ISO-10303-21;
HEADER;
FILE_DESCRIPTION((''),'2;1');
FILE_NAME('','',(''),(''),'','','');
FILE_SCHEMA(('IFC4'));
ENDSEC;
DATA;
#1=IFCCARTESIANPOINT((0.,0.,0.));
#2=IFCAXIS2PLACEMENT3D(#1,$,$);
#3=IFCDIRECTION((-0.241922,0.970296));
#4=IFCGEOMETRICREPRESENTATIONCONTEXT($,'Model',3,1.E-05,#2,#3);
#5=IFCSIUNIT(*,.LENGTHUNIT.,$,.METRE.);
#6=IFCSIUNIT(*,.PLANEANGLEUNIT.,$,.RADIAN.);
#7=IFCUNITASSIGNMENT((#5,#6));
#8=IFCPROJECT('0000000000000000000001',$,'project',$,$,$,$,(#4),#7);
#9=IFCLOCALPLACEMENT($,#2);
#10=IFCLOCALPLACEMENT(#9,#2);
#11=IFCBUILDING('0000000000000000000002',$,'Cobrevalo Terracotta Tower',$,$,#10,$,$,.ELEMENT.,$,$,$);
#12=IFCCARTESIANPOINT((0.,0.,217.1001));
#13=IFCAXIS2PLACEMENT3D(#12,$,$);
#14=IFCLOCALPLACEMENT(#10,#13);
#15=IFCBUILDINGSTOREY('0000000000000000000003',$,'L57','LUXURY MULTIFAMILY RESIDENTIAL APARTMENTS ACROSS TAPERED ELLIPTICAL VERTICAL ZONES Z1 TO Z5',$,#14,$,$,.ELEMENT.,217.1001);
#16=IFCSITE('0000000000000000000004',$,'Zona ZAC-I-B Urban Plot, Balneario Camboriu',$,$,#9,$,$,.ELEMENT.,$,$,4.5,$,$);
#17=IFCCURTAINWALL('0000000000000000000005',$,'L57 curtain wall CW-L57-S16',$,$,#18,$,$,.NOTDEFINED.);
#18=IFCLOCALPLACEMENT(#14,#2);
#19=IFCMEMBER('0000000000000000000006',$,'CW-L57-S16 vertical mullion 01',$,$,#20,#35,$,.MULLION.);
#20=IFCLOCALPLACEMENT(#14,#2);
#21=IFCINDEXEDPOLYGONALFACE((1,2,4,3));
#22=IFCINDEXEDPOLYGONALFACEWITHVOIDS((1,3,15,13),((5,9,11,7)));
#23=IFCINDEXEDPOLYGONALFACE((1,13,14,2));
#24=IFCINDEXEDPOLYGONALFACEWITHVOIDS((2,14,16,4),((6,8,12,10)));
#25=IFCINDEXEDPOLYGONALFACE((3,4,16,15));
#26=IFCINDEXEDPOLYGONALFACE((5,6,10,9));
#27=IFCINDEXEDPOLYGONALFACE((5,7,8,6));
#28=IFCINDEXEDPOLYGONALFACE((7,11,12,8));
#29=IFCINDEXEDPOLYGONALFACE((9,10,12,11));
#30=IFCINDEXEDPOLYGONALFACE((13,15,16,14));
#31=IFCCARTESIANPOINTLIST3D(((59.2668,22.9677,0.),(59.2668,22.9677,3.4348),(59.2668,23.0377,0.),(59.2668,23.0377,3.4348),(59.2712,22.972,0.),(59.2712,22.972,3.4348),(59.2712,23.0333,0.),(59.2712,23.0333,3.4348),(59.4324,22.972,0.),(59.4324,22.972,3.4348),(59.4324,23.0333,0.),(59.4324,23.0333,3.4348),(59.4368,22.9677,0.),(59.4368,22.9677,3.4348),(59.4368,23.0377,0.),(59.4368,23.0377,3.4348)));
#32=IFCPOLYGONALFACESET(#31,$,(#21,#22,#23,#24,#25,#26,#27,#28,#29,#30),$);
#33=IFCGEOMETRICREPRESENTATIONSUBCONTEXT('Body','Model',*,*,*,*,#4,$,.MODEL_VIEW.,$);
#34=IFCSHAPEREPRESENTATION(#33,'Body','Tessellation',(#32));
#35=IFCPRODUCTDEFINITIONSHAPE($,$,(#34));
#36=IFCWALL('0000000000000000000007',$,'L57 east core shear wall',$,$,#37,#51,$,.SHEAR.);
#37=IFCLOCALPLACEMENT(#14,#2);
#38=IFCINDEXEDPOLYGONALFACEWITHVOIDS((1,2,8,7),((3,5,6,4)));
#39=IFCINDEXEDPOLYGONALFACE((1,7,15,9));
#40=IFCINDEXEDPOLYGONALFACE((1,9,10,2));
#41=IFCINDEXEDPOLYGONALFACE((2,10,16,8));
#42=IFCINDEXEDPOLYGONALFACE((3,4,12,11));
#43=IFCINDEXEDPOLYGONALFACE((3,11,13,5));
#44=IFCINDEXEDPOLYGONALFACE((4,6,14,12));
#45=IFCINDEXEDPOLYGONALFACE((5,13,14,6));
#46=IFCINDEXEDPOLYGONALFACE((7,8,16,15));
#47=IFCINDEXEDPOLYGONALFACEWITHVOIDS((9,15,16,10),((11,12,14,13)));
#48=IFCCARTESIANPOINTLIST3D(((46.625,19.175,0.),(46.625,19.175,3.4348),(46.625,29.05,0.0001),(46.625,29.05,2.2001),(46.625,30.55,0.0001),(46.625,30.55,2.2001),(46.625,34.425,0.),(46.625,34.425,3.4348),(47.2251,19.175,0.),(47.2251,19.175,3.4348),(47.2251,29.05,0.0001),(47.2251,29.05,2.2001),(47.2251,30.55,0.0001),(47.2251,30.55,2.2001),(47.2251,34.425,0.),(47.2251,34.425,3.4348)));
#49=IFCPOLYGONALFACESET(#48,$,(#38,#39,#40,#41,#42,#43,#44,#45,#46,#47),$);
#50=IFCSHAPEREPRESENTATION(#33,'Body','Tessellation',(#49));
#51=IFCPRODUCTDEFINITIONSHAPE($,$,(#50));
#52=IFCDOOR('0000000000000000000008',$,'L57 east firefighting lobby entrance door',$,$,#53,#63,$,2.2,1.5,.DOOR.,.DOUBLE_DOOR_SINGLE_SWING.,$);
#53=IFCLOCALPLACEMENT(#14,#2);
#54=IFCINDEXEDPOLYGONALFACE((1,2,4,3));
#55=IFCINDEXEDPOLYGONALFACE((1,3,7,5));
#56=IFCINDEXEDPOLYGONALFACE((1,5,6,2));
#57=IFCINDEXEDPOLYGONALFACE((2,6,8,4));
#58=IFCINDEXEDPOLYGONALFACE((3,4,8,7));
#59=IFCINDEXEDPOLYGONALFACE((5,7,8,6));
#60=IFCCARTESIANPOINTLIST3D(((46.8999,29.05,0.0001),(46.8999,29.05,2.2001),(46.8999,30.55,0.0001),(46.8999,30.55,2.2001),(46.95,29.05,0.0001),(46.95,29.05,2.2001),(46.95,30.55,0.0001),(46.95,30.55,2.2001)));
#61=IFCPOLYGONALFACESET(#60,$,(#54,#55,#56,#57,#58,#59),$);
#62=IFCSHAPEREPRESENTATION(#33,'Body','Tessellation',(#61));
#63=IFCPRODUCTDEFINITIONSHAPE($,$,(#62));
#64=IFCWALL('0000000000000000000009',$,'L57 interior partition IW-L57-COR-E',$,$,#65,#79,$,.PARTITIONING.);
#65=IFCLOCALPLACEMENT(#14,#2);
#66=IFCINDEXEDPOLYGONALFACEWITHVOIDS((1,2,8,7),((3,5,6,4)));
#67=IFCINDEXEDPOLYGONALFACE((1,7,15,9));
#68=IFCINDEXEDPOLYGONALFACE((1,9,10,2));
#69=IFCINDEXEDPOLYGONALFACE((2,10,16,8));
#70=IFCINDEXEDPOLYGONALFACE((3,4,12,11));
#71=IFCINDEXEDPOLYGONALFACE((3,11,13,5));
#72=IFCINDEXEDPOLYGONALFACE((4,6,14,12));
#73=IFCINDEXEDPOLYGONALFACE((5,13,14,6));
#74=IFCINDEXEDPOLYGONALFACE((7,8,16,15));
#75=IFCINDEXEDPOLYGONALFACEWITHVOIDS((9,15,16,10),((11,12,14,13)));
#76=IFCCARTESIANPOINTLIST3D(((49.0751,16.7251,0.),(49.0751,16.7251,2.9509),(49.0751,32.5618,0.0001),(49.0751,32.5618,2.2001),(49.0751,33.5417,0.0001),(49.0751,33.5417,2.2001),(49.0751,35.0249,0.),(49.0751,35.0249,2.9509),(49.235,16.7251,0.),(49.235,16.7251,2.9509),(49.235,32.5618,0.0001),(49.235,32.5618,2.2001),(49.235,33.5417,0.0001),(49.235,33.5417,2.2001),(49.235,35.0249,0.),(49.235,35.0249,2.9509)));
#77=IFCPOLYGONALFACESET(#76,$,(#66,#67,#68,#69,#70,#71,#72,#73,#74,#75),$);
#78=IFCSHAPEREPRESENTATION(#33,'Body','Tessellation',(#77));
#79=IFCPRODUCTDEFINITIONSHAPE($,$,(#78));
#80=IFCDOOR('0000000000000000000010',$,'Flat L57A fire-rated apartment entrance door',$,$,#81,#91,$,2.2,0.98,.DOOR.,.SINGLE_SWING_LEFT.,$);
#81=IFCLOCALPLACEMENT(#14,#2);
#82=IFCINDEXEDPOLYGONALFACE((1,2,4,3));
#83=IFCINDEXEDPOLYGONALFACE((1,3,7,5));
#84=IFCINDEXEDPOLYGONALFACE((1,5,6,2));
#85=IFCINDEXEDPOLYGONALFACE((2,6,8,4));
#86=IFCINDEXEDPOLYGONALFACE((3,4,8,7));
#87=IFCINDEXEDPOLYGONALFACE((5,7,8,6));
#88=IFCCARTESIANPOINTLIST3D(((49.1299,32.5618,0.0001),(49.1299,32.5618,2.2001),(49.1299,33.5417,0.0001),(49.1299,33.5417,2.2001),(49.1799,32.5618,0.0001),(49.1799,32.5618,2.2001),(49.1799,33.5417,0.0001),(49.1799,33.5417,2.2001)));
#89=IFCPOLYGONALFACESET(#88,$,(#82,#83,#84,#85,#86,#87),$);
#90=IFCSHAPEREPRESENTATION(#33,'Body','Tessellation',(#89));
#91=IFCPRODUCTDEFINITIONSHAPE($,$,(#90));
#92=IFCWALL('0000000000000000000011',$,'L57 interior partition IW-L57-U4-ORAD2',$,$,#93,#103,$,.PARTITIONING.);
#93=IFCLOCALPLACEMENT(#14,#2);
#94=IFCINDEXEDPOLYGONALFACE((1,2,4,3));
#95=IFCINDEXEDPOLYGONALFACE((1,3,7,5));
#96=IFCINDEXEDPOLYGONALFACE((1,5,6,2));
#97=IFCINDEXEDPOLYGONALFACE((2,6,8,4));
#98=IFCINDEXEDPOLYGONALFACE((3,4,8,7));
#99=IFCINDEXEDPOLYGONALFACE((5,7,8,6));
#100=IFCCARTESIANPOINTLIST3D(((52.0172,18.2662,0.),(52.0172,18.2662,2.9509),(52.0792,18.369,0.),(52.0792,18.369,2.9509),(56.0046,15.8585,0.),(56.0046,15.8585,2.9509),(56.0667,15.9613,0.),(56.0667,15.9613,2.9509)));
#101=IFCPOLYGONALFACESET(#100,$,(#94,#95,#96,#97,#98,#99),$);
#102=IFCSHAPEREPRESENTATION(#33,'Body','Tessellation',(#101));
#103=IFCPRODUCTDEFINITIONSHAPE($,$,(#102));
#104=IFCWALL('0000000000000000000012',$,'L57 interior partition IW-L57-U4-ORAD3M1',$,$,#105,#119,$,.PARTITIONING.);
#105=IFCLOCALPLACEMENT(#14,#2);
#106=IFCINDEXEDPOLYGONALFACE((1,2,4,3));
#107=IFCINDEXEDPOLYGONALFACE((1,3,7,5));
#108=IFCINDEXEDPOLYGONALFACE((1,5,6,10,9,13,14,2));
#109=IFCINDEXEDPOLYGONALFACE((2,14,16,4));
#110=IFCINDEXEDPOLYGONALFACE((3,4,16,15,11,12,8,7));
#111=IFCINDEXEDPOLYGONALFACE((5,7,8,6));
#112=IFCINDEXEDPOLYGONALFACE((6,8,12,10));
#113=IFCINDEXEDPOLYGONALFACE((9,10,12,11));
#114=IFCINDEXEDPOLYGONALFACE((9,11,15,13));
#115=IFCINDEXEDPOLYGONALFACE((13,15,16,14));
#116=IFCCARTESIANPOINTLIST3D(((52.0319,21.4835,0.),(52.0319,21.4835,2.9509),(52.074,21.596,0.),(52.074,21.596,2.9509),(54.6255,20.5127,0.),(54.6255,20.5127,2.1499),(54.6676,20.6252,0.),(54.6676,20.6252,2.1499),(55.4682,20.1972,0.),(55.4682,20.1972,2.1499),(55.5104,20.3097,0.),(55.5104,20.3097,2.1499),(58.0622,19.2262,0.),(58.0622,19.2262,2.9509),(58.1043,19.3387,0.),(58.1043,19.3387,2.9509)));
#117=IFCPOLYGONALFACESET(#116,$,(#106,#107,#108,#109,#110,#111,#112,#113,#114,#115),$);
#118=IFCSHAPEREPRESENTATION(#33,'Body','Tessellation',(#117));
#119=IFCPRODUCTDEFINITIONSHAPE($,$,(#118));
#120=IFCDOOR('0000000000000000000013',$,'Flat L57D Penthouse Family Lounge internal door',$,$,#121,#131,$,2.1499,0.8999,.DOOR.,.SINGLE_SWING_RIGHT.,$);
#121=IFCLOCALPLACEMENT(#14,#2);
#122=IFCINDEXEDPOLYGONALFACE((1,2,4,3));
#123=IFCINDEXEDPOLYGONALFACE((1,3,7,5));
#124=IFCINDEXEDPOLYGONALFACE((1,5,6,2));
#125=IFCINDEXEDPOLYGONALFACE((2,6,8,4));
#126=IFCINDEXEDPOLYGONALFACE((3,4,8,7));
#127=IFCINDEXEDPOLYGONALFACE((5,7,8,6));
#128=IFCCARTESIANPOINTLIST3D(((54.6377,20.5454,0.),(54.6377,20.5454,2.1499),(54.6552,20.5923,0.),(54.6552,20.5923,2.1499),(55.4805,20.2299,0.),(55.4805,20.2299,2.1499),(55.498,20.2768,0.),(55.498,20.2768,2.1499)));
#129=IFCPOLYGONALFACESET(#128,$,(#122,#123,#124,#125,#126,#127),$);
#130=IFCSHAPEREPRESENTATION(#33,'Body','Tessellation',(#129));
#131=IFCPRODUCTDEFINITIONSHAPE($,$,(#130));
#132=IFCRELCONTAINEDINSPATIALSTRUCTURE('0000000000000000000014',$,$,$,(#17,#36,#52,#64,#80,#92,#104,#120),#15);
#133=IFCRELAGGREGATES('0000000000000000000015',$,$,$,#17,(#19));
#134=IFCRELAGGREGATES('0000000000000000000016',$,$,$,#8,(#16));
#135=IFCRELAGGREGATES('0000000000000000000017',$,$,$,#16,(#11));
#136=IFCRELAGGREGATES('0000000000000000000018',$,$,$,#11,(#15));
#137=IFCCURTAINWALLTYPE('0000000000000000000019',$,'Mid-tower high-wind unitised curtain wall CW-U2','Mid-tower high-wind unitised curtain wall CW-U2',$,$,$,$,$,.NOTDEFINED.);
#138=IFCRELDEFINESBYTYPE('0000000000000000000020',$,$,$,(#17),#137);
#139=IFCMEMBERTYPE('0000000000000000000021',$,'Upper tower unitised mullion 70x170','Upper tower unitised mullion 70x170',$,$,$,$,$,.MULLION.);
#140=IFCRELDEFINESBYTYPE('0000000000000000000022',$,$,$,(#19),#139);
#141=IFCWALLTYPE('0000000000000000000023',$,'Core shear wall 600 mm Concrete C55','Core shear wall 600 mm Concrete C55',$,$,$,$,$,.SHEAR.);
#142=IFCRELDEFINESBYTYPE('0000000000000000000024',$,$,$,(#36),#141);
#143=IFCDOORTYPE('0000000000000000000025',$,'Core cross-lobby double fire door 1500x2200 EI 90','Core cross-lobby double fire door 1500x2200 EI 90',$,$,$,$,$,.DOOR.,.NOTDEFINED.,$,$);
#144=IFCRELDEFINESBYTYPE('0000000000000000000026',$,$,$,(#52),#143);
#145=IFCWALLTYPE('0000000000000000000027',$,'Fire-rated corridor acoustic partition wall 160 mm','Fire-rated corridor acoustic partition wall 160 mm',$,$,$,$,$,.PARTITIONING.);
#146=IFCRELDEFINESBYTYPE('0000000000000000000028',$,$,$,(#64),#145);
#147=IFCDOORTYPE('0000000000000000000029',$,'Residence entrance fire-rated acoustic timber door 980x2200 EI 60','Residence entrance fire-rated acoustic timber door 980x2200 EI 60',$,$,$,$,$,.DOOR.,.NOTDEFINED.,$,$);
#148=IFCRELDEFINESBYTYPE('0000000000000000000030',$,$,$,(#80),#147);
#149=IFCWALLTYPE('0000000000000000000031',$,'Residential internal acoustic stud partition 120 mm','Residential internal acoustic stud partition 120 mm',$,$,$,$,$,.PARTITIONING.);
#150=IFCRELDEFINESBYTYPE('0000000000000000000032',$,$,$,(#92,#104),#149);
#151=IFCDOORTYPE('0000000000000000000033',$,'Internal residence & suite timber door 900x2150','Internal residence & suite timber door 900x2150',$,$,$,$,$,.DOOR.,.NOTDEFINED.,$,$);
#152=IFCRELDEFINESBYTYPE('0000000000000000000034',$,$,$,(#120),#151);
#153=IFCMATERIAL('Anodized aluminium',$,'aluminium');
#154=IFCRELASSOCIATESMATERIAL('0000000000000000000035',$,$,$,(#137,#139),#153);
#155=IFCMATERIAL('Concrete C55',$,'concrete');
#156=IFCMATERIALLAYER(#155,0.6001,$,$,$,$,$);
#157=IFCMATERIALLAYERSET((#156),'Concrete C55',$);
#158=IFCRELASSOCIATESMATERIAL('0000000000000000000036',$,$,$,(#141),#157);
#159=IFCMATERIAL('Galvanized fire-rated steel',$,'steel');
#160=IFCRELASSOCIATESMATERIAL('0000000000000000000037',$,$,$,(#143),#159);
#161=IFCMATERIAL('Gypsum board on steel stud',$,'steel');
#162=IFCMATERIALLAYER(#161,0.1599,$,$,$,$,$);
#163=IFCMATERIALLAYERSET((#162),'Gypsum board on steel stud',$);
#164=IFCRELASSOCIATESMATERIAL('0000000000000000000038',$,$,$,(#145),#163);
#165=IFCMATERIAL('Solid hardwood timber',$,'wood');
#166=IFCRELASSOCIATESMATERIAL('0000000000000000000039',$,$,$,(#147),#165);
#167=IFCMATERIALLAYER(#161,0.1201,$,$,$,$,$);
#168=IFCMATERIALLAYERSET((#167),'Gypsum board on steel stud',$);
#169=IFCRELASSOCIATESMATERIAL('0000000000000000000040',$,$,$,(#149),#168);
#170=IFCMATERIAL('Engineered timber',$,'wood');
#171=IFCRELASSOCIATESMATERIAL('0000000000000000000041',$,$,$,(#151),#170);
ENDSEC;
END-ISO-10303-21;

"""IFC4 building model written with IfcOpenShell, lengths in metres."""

from ifc_helpers import new_model, si_unit, direction, frame, frame_2d, origin, origin_2d, place, context, subcontext, project, spatial, rectangle, hollow_rectangle, extrude, source, transform, mapped, material, layer, layer_set, material_profile, profile_set, type_object, element, fill, aggregate, save


model = new_model("IFC4")

# Units and contexts
model_context = context("Model", 3, precision=1e-05, world=origin(), true_north=direction((-0.241922, 0.970296)))
body_context = subcontext(model_context, "Body", "Model", "MODEL_VIEW")
ifc_project = project(units=[si_unit("LENGTHUNIT", "METRE"), si_unit("PLANEANGLEUNIT", "RADIAN")], contexts=[model_context])

# Site, building, storey
site_placement = place(None, origin())
site = spatial("IfcSite", under=ifc_project, at=site_placement, Name="Zona ZAC-I-B Urban Plot, Balneario Camboriu", CompositionType="ELEMENT", RefElevation=4.5)
building_placement = place(site_placement, origin())
building = spatial("IfcBuilding", under=site, at=building_placement, Name="Cobrevalo Terracotta Tower", CompositionType="ELEMENT")
storey_placement = place(building_placement, frame((0.0, 0.0, 217.1001)))
storey = spatial("IfcBuildingStorey", under=building, at=storey_placement, Name="L57", Description="LUXURY MULTIFAMILY RESIDENTIAL APARTMENTS ACROSS TAPERED ELLIPTICAL VERTICAL ZONES Z1 TO Z5", CompositionType="ELEMENT", Elevation=217.1001)

# Curtain wall, member
ifc_material_1 = material(Name="Anodized aluminium", Category="aluminium")
curtain_wall_type = type_object("IfcCurtainWallType", Name="Mid-tower high-wind unitised curtain wall CW-U2", Description="Mid-tower high-wind unitised curtain wall CW-U2", PredefinedType="NOTDEFINED", material=ifc_material_1)
curtain_wall_placement = place(storey_placement, origin())
curtain_wall = element("IfcCurtainWall", 1, at=curtain_wall_placement, inside=storey, type_object=curtain_wall_type, Name="L57 curtain wall CW-L57-S16", PredefinedType="NOTDEFINED")
ifc_material_profile_1 = material_profile(ifc_material_1, hollow_rectangle(XDim=0.0701, YDim=0.1699, WallThickness=0.0044, at=origin_2d()), Name="CWM 70x170")
ifc_profile_set_1 = profile_set([ifc_material_profile_1], Name="Anodized aluminium")
member_type_1 = type_object("IfcMemberType", Name="Upper tower unitised mullion 70x170", Description="Upper tower unitised mullion 70x170", PredefinedType="MULLION", material=ifc_profile_set_1)
shared_shape_1 = source(origin(), body_context, "Body", "SweptSolid", [
    extrude(hollow_rectangle(XDim=0.0701, YDim=0.1699, WallThickness=0.0044, at=origin_2d()), origin(), (0.0, 0.0, 1.0), 3.4348),
])
member_1_placement = place(storey_placement, frame((59.3518, 23.0027, 0.0), z_axis=(0.0, 0.0, 1.0), x_axis=(0.0, 1.0, 0.0)))
member_1 = element("IfcMember", 2, at=member_1_placement, type_object=member_type_1, Name="CW-L57-S16 vertical mullion 01", PredefinedType="MULLION", context=body_context, shape_type="MappedRepresentation", body=[
    mapped(shared_shape_1, transform((0.0, 0.0, 0.0), scale=1.0)),
])
aggregate(curtain_wall, [member_1])

# Walls, openings, doors
ifc_material_2 = material(Name="Concrete C55", Category="concrete")
ifc_layer_1 = layer(ifc_material_2, 0.6001)
ifc_layer_set_1 = layer_set([ifc_layer_1], Name="Concrete C55")
wall_type_1 = type_object("IfcWallType", Name="Core shear wall 600 mm Concrete C55", Description="Core shear wall 600 mm Concrete C55", PredefinedType="SHEAR", material=ifc_layer_set_1)
wall_1_placement = place(storey_placement, frame((46.925, 19.175, 0.0), z_axis=(0.0, 0.0, 1.0), x_axis=(0.0, 1.0, 0.0)))
wall_1 = element("IfcWall", 3, at=wall_1_placement, inside=storey, type_object=wall_type_1, Name="L57 east core shear wall", PredefinedType="SHEAR", context=body_context, shape_type="SweptSolid", body=[
    extrude(rectangle(XDim=15.25, YDim=0.6001, at=frame_2d((7.625, 0.0))), origin(), (0.0, 0.0, 1.0), 3.4348),
])
opening_1_placement = place(wall_1_placement, frame((9.875, 0.0, 0.0)))
opening_1 = element("IfcOpeningElement", 4, at=opening_1_placement, cuts=wall_1, PredefinedType="OPENING", context=body_context, shape_type="SweptSolid", body=[
    extrude(rectangle(XDim=1.5, YDim=2.2, at=frame_2d((0.75, 1.1001))), frame((0.0, 0.3101, 0.0), z_axis=(0.0, -1.0, 0.0), x_axis=(1.0, 0.0, 0.0)), (0.0, 0.0, 1.0), 0.6201),
])
ifc_material_3 = material(Name="Galvanized fire-rated steel", Category="steel")
door_type_1 = type_object("IfcDoorType", Name="Core cross-lobby double fire door 1500x2200 EI 90", Description="Core cross-lobby double fire door 1500x2200 EI 90", OperationType="NOTDEFINED", PredefinedType="DOOR", material=ifc_material_3)
shared_shape_2 = source(origin(), body_context, "Body", "SweptSolid", [
    extrude(rectangle(XDim=1.5, YDim=2.2, at=frame_2d((0.75, 1.1001))), frame((0.0, 0.0249, 0.0), z_axis=(0.0, -1.0, 0.0), x_axis=(1.0, 0.0, 0.0)), (0.0, 0.0, 1.0), 0.05),
])
door_1_placement = place(opening_1_placement, frame((1.5, 0.0, 0.0), z_axis=(0.0, 0.0, 1.0), x_axis=(-1.0, 0.0, 0.0)))
door_1 = element("IfcDoor", 5, at=door_1_placement, inside=storey, type_object=door_type_1, Name="L57 east firefighting lobby entrance door", OperationType="DOUBLE_DOOR_SINGLE_SWING", OverallHeight=2.2, OverallWidth=1.5, PredefinedType="DOOR", context=body_context, shape_type="MappedRepresentation", body=[
    mapped(shared_shape_2, transform((0.0, 0.0, 0.0), scale=1.0)),
])
fill(opening_1, door_1)
ifc_material_4 = material(Name="Gypsum board on steel stud", Category="steel")
ifc_layer_2 = layer(ifc_material_4, 0.1599)
ifc_layer_set_2 = layer_set([ifc_layer_2], Name="Gypsum board on steel stud")
wall_type_2 = type_object("IfcWallType", Name="Fire-rated corridor acoustic partition wall 160 mm", Description="Fire-rated corridor acoustic partition wall 160 mm", PredefinedType="PARTITIONING", material=ifc_layer_set_2)
wall_2_placement = place(storey_placement, frame((49.155, 16.7251, 0.0), z_axis=(0.0, 0.0, 1.0), x_axis=(0.0, 1.0, 0.0)))
wall_2 = element("IfcWall", 6, at=wall_2_placement, inside=storey, type_object=wall_type_2, Name="L57 interior partition IW-L57-COR-E", PredefinedType="PARTITIONING", context=body_context, shape_type="SweptSolid", body=[
    extrude(rectangle(XDim=18.2998, YDim=0.1599, at=frame_2d((9.1499, 0.0))), origin(), (0.0, 0.0, 1.0), 2.9509),
])
opening_2_placement = place(wall_2_placement, frame((15.8367, 0.0, 0.0)))
opening_2 = element("IfcOpeningElement", 7, at=opening_2_placement, cuts=wall_2, PredefinedType="OPENING", context=body_context, shape_type="SweptSolid", body=[
    extrude(rectangle(XDim=0.98, YDim=2.2, at=frame_2d((0.49, 1.1001))), frame((0.0, 0.0898, 0.0), z_axis=(0.0, -1.0, 0.0), x_axis=(1.0, 0.0, 0.0)), (0.0, 0.0, 1.0), 0.1799),
])
ifc_material_5 = material(Name="Solid hardwood timber", Category="wood")
door_type_2 = type_object("IfcDoorType", Name="Residence entrance fire-rated acoustic timber door 980x2200 EI 60", Description="Residence entrance fire-rated acoustic timber door 980x2200 EI 60", OperationType="NOTDEFINED", PredefinedType="DOOR", material=ifc_material_5)
shared_shape_3 = source(origin(), body_context, "Body", "SweptSolid", [
    extrude(rectangle(XDim=0.98, YDim=2.2, at=frame_2d((0.49, 1.1001))), frame((0.0, 0.0249, 0.0), z_axis=(0.0, -1.0, 0.0), x_axis=(1.0, 0.0, 0.0)), (0.0, 0.0, 1.0), 0.05),
])
door_2_placement = place(opening_2_placement, frame((0.98, 0.0, 0.0), z_axis=(0.0, 0.0, 1.0), x_axis=(-1.0, 0.0, 0.0)))
door_2 = element("IfcDoor", 8, at=door_2_placement, inside=storey, type_object=door_type_2, Name="Flat L57A fire-rated apartment entrance door", OperationType="SINGLE_SWING_LEFT", OverallHeight=2.2, OverallWidth=0.98, PredefinedType="DOOR", context=body_context, shape_type="MappedRepresentation", body=[
    mapped(shared_shape_3, transform((0.0, 0.0, 0.0), scale=1.0)),
])
fill(opening_2, door_2)

# Wall
ifc_layer_3 = layer(ifc_material_4, 0.1201)
ifc_layer_set_3 = layer_set([ifc_layer_3], Name="Gypsum board on steel stud")
wall_type_3 = type_object("IfcWallType", Name="Residential internal acoustic stud partition 120 mm", Description="Residential internal acoustic stud partition 120 mm", PredefinedType="PARTITIONING", material=ifc_layer_set_3)
wall_3_placement = place(storey_placement, frame((52.0481, 18.3176, 0.0), z_axis=(0.0, 0.0, 1.0), x_axis=(0.856051, -0.516891, 0.0)))
element("IfcWall", 9, at=wall_3_placement, inside=storey, type_object=wall_type_3, Name="L57 interior partition IW-L57-U4-ORAD2", PredefinedType="PARTITIONING", context=body_context, shape_type="SweptSolid", body=[
    extrude(rectangle(XDim=4.658, YDim=0.1201, at=frame_2d((2.3291, 0.0))), origin(), (0.0, 0.0, 1.0), 2.9509),
])

# Wall, opening, door
wall_4_placement = place(storey_placement, frame((52.053, 21.5398, 0.0), z_axis=(0.0, 0.0, 1.0), x_axis=(0.936535, -0.350575, 0.0)))
wall_4 = element("IfcWall", 10, at=wall_4_placement, inside=storey, type_object=wall_type_3, Name="L57 interior partition IW-L57-U4-ORAD3M1", PredefinedType="PARTITIONING", context=body_context, shape_type="SweptSolid", body=[
    extrude(rectangle(XDim=6.439, YDim=0.1201, at=frame_2d((3.2195, 0.0))), origin(), (0.0, 0.0, 1.0), 2.9509),
])
opening_3_placement = place(wall_4_placement, frame((2.7693, 0.0, 0.0)))
opening_3 = element("IfcOpeningElement", 11, at=opening_3_placement, cuts=wall_4, PredefinedType="OPENING", context=body_context, shape_type="SweptSolid", body=[
    extrude(rectangle(XDim=0.8999, YDim=2.1499, at=frame_2d((0.45, 1.075))), frame((0.0, 0.0701, 0.0), z_axis=(0.0, -1.0, 0.0), x_axis=(1.0, 0.0, 0.0)), (0.0, 0.0, 1.0), 0.1401),
])
ifc_material_6 = material(Name="Engineered timber", Category="wood")
door_type_3 = type_object("IfcDoorType", Name="Internal residence & suite timber door 900x2150", Description="Internal residence & suite timber door 900x2150", OperationType="NOTDEFINED", PredefinedType="DOOR", material=ifc_material_6)
shared_shape_4 = source(origin(), body_context, "Body", "SweptSolid", [
    extrude(rectangle(XDim=0.8999, YDim=2.1499, at=frame_2d((0.45, 1.075))), frame((0.0, 0.0249, 0.0), z_axis=(0.0, -1.0, 0.0), x_axis=(1.0, 0.0, 0.0)), (0.0, 0.0, 1.0), 0.05),
])
door_3_placement = place(opening_3_placement, origin())
door_3 = element("IfcDoor", 12, at=door_3_placement, inside=storey, type_object=door_type_3, Name="Flat L57D Penthouse Family Lounge internal door", OperationType="SINGLE_SWING_RIGHT", OverallHeight=2.1499, OverallWidth=0.8999, PredefinedType="DOOR", context=body_context, shape_type="MappedRepresentation", body=[
    mapped(shared_shape_4, transform((0.0, 0.0, 0.0), scale=1.0)),
])
fill(opening_3, door_3)

save(model, "model.ifc")
